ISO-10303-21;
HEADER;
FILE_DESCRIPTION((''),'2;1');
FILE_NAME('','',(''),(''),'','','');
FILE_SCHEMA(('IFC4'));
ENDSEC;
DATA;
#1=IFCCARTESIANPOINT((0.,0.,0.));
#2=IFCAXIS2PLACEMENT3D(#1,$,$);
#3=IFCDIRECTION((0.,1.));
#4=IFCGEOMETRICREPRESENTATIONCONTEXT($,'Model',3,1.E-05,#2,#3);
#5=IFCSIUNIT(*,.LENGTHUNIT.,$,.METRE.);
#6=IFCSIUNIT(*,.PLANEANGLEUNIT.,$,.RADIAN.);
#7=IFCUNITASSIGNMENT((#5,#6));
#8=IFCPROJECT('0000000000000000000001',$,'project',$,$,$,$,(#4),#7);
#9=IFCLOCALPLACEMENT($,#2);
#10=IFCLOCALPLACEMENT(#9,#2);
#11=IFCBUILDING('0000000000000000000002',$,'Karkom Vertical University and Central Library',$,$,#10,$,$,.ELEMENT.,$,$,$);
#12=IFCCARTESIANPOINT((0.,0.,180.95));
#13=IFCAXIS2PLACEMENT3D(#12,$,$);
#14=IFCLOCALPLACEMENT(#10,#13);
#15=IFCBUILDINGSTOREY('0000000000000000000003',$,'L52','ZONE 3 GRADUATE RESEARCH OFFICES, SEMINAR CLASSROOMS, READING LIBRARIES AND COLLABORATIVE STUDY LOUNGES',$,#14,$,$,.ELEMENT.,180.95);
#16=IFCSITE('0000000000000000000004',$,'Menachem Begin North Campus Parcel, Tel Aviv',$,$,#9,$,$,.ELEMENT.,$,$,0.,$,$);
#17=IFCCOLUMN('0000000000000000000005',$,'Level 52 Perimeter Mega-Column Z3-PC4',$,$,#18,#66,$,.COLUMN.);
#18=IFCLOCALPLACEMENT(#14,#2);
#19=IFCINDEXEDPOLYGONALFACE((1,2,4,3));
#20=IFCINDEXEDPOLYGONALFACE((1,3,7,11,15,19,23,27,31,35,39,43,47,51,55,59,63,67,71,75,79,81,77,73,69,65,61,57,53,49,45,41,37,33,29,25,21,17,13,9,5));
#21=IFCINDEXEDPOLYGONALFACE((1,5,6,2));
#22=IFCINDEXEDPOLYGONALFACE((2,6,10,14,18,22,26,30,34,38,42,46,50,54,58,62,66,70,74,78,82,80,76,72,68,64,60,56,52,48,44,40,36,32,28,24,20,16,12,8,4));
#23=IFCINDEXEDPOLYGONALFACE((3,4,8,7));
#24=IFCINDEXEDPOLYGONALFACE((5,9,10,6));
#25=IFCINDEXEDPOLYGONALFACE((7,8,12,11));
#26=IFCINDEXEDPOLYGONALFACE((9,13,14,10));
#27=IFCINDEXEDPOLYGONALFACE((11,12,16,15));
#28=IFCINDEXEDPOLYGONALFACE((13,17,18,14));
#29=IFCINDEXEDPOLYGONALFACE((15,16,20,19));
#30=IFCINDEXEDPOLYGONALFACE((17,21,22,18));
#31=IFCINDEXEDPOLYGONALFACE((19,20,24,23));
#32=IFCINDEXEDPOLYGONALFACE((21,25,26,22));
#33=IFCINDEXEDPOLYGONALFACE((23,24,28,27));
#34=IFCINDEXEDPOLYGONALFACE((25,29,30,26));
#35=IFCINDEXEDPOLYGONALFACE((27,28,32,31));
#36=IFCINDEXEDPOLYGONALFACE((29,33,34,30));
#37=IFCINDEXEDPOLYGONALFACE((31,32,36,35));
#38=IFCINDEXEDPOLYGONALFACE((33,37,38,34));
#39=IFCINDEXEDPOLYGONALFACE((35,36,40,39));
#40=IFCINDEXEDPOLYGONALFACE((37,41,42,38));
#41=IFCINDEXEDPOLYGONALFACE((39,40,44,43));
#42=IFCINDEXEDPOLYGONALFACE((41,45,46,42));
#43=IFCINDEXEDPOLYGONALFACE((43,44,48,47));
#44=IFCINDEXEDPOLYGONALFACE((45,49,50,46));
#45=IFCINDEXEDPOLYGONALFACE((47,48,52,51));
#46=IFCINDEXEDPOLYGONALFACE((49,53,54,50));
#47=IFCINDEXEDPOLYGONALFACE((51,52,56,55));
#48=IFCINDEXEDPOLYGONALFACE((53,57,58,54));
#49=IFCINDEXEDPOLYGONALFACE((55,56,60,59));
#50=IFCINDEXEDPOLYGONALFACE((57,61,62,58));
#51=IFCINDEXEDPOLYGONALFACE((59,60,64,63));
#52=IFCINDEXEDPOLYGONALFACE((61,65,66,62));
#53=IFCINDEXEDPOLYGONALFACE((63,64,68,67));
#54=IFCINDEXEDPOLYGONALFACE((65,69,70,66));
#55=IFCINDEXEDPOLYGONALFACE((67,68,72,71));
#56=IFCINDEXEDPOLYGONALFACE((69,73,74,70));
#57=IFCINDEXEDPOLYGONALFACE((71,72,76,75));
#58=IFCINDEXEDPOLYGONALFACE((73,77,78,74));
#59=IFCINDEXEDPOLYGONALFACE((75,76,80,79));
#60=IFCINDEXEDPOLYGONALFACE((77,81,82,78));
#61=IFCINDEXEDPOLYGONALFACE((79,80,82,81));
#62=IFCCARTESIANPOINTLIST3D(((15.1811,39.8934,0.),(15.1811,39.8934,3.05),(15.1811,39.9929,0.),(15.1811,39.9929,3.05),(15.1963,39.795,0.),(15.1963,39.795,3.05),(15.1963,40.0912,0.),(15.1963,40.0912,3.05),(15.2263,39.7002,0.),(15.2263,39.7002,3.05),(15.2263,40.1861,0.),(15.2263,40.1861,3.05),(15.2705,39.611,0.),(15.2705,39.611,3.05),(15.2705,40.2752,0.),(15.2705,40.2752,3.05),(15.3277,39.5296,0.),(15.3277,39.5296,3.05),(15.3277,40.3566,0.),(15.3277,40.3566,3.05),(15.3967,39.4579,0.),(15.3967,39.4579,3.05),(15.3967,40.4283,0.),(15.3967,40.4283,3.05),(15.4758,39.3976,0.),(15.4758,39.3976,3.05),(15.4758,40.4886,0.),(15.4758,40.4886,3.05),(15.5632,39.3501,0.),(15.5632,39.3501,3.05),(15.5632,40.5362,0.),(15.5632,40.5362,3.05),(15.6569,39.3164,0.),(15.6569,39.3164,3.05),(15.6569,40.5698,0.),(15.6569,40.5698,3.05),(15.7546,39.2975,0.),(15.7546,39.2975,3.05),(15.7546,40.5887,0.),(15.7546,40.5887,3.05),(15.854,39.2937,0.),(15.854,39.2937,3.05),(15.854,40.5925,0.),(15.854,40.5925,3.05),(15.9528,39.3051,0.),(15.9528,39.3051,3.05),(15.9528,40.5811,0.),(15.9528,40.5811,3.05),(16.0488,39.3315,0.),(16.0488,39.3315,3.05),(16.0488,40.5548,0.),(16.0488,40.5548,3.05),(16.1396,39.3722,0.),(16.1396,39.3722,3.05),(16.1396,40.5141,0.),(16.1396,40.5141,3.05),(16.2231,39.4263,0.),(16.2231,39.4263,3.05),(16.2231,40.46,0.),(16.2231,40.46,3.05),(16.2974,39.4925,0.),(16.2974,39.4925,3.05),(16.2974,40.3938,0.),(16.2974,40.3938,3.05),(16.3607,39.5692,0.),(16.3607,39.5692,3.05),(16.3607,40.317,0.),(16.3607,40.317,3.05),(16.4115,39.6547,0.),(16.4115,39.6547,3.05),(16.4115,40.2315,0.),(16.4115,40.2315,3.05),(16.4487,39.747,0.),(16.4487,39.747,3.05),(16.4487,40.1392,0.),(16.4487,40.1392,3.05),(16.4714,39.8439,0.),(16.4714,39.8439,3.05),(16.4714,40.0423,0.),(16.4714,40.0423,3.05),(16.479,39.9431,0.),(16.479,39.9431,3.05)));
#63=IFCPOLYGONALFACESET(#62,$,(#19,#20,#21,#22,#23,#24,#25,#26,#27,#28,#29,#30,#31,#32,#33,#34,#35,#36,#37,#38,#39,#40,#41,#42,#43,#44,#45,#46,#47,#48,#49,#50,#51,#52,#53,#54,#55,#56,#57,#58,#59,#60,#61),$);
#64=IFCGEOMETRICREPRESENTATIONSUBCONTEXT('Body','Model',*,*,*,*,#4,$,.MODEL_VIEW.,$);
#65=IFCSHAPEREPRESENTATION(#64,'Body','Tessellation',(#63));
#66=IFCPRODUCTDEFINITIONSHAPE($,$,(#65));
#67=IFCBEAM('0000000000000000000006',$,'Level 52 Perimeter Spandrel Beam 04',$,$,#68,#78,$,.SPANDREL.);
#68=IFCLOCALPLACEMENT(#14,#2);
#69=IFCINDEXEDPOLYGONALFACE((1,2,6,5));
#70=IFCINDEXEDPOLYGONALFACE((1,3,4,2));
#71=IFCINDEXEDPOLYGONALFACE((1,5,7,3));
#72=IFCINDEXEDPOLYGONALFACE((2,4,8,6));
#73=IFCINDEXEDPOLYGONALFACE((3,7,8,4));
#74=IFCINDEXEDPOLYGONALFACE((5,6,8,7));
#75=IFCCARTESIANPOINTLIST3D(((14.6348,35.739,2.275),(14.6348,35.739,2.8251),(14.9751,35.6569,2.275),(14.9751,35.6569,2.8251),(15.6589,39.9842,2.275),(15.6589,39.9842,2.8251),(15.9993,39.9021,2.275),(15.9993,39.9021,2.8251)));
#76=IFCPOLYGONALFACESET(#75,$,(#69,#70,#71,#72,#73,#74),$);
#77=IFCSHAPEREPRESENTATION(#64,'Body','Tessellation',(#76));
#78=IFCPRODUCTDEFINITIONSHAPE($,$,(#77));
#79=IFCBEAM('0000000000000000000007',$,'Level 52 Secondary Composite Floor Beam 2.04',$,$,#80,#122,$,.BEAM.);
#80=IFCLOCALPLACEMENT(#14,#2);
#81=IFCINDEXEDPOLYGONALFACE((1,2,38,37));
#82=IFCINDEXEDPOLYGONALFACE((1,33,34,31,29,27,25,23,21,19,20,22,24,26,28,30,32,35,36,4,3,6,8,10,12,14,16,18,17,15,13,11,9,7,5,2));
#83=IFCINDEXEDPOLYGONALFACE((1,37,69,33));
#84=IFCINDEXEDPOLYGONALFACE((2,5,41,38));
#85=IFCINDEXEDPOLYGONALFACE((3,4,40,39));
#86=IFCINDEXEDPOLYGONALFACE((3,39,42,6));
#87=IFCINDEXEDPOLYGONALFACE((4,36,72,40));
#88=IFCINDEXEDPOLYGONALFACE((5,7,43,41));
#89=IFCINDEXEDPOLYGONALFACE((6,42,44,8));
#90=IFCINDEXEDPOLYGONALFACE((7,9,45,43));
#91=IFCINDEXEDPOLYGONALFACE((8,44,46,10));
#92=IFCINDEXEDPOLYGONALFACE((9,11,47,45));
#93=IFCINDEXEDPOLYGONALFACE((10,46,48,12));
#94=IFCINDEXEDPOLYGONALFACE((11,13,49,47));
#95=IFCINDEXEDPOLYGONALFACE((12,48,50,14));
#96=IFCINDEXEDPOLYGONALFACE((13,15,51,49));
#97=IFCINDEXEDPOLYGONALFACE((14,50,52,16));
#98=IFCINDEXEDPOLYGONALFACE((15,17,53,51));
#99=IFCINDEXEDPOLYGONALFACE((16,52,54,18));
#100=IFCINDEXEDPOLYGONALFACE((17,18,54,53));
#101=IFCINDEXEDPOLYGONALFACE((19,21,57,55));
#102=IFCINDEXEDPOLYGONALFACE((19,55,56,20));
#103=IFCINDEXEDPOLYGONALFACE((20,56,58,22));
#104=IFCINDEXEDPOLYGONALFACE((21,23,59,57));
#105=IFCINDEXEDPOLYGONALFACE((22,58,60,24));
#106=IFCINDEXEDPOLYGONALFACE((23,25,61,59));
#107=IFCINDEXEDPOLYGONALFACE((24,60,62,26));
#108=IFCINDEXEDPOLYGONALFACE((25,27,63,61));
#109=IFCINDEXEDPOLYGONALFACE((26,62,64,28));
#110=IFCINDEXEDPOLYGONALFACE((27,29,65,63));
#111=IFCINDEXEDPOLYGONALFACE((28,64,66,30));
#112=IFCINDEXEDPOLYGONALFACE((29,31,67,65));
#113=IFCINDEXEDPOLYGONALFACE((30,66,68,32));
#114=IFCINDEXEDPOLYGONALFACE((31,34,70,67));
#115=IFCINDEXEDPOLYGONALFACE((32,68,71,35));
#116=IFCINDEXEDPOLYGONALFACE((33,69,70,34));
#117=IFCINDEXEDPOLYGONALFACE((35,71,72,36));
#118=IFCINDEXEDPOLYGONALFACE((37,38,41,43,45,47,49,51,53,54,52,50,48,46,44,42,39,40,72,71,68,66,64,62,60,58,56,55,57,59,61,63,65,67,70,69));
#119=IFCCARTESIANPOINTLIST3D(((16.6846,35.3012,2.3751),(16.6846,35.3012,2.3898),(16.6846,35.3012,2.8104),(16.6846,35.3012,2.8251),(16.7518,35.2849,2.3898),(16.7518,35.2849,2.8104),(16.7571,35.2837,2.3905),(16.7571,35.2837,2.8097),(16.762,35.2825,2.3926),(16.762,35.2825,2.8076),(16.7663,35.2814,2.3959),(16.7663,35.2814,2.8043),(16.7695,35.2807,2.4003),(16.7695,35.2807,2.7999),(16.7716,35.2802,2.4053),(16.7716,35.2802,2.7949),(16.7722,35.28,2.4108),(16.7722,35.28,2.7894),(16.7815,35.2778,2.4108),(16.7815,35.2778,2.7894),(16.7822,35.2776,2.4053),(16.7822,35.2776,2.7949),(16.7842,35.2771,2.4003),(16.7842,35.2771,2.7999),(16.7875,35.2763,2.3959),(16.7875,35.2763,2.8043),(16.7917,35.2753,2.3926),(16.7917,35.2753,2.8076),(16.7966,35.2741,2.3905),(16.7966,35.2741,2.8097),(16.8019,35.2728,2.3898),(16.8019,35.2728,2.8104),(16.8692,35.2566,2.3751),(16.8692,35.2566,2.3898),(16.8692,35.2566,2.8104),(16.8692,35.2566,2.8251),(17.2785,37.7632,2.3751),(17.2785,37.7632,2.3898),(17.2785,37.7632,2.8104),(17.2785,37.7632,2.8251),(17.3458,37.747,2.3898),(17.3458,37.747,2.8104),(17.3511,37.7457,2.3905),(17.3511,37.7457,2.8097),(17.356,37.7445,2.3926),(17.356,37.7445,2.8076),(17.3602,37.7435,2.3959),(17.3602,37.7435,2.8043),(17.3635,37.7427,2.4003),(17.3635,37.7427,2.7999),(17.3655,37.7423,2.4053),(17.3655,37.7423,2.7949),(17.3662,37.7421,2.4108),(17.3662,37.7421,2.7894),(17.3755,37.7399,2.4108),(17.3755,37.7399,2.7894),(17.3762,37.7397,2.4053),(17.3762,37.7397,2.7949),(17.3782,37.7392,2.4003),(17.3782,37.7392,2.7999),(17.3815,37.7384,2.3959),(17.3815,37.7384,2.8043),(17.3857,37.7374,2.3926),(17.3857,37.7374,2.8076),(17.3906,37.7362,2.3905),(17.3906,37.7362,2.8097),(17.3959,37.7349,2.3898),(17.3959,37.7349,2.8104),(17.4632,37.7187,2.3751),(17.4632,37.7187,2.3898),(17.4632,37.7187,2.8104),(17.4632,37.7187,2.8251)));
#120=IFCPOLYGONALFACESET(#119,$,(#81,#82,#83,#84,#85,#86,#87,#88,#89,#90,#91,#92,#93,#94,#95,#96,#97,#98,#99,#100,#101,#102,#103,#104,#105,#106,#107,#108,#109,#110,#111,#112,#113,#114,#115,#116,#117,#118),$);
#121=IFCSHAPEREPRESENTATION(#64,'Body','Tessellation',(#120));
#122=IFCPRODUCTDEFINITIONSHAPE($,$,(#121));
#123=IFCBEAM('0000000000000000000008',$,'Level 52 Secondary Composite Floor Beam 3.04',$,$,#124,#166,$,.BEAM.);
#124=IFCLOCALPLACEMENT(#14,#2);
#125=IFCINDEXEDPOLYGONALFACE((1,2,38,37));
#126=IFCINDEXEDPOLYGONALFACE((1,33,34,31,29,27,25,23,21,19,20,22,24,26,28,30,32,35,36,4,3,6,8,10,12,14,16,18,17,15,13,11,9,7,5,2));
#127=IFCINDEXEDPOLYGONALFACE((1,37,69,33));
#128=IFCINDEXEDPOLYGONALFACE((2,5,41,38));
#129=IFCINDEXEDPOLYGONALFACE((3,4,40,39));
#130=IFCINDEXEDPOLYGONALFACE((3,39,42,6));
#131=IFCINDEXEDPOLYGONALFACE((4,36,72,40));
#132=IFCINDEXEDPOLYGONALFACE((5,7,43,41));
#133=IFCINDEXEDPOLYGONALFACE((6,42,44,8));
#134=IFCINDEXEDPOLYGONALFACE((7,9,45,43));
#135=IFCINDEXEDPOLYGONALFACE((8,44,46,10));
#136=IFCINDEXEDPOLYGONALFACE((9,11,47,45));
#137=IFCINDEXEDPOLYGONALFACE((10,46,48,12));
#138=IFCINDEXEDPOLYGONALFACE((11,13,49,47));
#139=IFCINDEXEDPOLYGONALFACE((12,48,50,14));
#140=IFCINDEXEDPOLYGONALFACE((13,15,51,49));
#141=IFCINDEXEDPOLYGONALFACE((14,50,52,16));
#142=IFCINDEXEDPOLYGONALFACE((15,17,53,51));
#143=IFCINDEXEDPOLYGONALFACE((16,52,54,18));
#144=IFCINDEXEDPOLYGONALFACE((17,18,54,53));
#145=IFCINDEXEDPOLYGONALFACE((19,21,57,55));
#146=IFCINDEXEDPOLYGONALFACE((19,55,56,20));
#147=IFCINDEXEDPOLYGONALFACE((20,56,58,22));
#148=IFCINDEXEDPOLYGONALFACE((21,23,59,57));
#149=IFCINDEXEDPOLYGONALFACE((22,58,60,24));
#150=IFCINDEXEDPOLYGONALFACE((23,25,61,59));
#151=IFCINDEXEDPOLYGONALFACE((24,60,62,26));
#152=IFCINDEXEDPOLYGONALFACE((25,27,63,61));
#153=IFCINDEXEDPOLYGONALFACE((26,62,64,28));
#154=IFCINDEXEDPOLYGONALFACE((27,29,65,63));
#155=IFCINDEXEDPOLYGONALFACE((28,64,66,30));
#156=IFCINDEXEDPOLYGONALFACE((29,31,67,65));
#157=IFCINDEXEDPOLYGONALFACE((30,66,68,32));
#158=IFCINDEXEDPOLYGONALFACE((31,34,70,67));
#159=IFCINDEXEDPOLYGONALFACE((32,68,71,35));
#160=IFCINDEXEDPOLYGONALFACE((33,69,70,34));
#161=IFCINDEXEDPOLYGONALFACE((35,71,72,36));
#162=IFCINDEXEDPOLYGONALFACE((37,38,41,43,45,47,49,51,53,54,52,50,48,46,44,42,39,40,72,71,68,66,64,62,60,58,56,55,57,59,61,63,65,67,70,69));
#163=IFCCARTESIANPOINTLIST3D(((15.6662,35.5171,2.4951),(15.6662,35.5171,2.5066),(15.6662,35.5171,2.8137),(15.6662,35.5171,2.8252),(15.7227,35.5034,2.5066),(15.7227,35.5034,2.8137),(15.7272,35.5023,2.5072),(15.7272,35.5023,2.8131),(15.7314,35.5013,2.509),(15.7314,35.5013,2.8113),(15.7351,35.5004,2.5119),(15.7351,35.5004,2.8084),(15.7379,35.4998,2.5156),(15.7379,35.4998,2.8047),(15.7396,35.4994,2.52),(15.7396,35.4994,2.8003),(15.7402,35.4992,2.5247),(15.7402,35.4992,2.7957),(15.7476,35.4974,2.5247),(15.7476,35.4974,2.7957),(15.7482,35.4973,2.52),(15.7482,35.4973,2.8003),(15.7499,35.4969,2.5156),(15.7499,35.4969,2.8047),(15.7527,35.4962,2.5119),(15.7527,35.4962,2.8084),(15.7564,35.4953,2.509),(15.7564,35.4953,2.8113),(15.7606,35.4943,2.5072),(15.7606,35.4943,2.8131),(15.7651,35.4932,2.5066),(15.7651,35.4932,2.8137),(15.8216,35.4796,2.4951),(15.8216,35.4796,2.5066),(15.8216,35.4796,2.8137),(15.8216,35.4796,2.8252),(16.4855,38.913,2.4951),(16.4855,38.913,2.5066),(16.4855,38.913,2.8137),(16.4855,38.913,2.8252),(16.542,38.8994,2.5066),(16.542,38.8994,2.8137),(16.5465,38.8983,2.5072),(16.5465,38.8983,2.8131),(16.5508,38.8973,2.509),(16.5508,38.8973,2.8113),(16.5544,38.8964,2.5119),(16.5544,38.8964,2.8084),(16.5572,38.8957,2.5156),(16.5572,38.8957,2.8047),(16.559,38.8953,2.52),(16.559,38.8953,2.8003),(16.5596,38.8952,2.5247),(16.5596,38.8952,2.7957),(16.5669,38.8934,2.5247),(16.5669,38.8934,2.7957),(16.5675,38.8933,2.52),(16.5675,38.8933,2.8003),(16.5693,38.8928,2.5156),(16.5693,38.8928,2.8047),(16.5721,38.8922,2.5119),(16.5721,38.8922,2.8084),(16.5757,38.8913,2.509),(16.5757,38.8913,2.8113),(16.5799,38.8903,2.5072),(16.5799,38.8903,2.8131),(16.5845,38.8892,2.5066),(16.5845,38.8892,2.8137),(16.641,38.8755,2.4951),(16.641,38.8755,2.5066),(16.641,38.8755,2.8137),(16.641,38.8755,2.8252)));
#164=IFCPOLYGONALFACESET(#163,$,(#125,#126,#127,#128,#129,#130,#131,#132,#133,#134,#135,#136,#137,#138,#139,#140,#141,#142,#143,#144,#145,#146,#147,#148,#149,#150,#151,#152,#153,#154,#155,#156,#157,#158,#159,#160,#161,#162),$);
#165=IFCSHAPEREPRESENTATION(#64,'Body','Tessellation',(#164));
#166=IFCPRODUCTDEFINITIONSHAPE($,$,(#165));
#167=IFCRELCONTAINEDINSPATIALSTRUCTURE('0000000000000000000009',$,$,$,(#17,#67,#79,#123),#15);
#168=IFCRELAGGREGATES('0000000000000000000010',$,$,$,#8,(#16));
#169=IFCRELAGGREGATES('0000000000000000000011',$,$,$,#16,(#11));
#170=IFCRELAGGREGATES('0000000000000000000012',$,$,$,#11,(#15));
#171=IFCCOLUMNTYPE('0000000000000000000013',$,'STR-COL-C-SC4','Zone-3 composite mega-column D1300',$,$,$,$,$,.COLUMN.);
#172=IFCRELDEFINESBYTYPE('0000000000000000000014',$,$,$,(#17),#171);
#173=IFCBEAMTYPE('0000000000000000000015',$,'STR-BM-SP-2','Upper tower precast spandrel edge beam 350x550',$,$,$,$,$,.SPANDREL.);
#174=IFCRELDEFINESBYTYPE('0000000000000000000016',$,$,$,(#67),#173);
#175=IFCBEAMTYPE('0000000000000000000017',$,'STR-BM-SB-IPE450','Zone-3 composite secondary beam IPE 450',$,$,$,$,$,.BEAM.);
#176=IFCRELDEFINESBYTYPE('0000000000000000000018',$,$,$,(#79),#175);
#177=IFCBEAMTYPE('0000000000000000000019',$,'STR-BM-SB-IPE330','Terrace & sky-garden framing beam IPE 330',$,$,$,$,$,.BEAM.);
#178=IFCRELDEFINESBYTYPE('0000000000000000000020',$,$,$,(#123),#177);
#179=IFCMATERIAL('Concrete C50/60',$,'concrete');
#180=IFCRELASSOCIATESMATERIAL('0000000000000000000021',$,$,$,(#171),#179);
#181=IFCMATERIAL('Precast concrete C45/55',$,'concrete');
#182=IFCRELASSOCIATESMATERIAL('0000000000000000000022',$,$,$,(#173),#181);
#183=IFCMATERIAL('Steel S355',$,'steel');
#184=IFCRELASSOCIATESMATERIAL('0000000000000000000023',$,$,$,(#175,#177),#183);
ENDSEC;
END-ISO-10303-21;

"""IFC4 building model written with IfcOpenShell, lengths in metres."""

from ifc_helpers import new_model, si_unit, direction, frame, origin, origin_with_axes, origin_2d, place, context, subcontext, project, spatial, rectangle, circle, i_section, extrude, source, transform, mapped, material, material_profile, profile_set, type_object, element, save


model = new_model("IFC4")

# Units and contexts
model_context = context("Model", 3, precision=1e-05, world=origin(), true_north=direction((0.0, 1.0)))
body_context = subcontext(model_context, "Body", "Model", "MODEL_VIEW")
ifc_project = project(units=[si_unit("LENGTHUNIT", "METRE"), si_unit("PLANEANGLEUNIT", "RADIAN")], contexts=[model_context])

# Site, building, storey
site_placement = place(None, origin())
site = spatial("IfcSite", under=ifc_project, at=site_placement, Name="Menachem Begin North Campus Parcel, Tel Aviv", CompositionType="ELEMENT", RefElevation=0.0)
building_placement = place(site_placement, origin())
building = spatial("IfcBuilding", under=site, at=building_placement, Name="Karkom Vertical University and Central Library", CompositionType="ELEMENT")
storey_placement = place(building_placement, frame((0.0, 0.0, 180.95)))
storey = spatial("IfcBuildingStorey", under=building, at=storey_placement, Name="L52", Description="ZONE 3 GRADUATE RESEARCH OFFICES, SEMINAR CLASSROOMS, READING LIBRARIES AND COLLABORATIVE STUDY LOUNGES", CompositionType="ELEMENT", Elevation=180.95)

# Column
ifc_material_1 = material(Name="Concrete C50/60", Category="concrete")
ifc_material_profile_1 = material_profile(ifc_material_1, circle(Radius=0.6499, at=origin_2d()), Name="CFT-D1300")
ifc_profile_set_1 = profile_set([ifc_material_profile_1], Name="Concrete C50/60")
column_type = type_object("IfcColumnType", Name="STR-COL-C-SC4", Description="Zone-3 composite mega-column D1300", PredefinedType="COLUMN", material=ifc_profile_set_1)
shared_shape_1 = source(origin_with_axes(), body_context, "Body", "SweptSolid", [
    extrude(circle(Radius=0.6499, at=origin_2d()), origin(), (0.0, 0.0, 1.0), 3.05),
])
column_placement = place(storey_placement, frame((15.8291, 39.9431, 0.0), z_axis=(0.0, 0.0, 1.0), x_axis=(1.0, 0.0, 0.0)))
element("IfcColumn", 1, at=column_placement, inside=storey, type_object=column_type, Name="Level 52 Perimeter Mega-Column Z3-PC4", PredefinedType="COLUMN", context=body_context, shape_type="MappedRepresentation", body=[
    mapped(shared_shape_1, transform((0.0, 0.0, 0.0), scale=1.0)),
])

# Beams
ifc_material_2 = material(Name="Precast concrete C45/55", Category="concrete")
ifc_material_profile_2 = material_profile(ifc_material_2, rectangle(XDim=0.3501, YDim=0.55, at=origin_2d()), Name="SPB-350x550")
ifc_profile_set_2 = profile_set([ifc_material_profile_2], Name="Precast concrete C45/55")
beam_type_1 = type_object("IfcBeamType", Name="STR-BM-SP-2", Description="Upper tower precast spandrel edge beam 350x550", PredefinedType="SPANDREL", material=ifc_profile_set_2)
shared_shape_2 = source(origin_with_axes(), body_context, "Body", "SweptSolid", [
    extrude(rectangle(XDim=0.3501, YDim=0.55, at=origin_2d()), origin(), (0.0, 0.0, 1.0), 4.3669),
])
beam_1_placement = place(storey_placement, frame((15.8291, 39.9431, 2.55), z_axis=(-0.234529, -0.972109, 0.0), x_axis=(0.972109, -0.234529, 0.0)))
element("IfcBeam", 2, at=beam_1_placement, inside=storey, type_object=beam_type_1, Name="Level 52 Perimeter Spandrel Beam 04", PredefinedType="SPANDREL", context=body_context, shape_type="MappedRepresentation", body=[
    mapped(shared_shape_2, transform((0.0, 0.0, 0.0), scale=1.0)),
])
ifc_material_3 = material(Name="Steel S355", Category="steel")
ifc_material_profile_3 = material_profile(ifc_material_3, i_section(OverallWidth=0.1899, OverallDepth=0.45, WebThickness=0.0095, FlangeThickness=0.0146, FilletRadius=0.021, at=origin_2d()), Name="IPE 450")
ifc_profile_set_3 = profile_set([ifc_material_profile_3], Name="Steel S355")
beam_type_2 = type_object("IfcBeamType", Name="STR-BM-SB-IPE450", Description="Zone-3 composite secondary beam IPE 450", PredefinedType="BEAM", material=ifc_profile_set_3)
shared_shape_3 = source(origin_with_axes(), body_context, "Body", "SweptSolid", [
    extrude(i_section(OverallWidth=0.1899, OverallDepth=0.45, WebThickness=0.0095, FlangeThickness=0.0146, FilletRadius=0.021, at=origin_2d()), origin(), (0.0, 0.0, 1.0), 2.5327),
])
beam_2_placement = place(storey_placement, frame((17.3708, 37.741, 2.6001), z_axis=(-0.234521, -0.972111, 0.0), x_axis=(0.972111, -0.234521, 0.0)))
element("IfcBeam", 3, at=beam_2_placement, inside=storey, type_object=beam_type_2, Name="Level 52 Secondary Composite Floor Beam 2.04", PredefinedType="BEAM", context=body_context, shape_type="MappedRepresentation", body=[
    mapped(shared_shape_3, transform((0.0, 0.0, 0.0), scale=1.0)),
])
ifc_material_profile_4 = material_profile(ifc_material_3, i_section(OverallWidth=0.1599, OverallDepth=0.3301, WebThickness=0.0076, FlangeThickness=0.0115, FilletRadius=0.0181, at=origin_2d()), Name="IPE 330")
ifc_profile_set_4 = profile_set([ifc_material_profile_4], Name="Steel S355")
beam_type_3 = type_object("IfcBeamType", Name="STR-BM-SB-IPE330", Description="Terrace & sky-garden framing beam IPE 330", PredefinedType="BEAM", material=ifc_profile_set_4)
shared_shape_4 = source(origin_with_axes(), body_context, "Body", "SweptSolid", [
    extrude(i_section(OverallWidth=0.1599, OverallDepth=0.3301, WebThickness=0.0076, FlangeThickness=0.0115, FilletRadius=0.0181, at=origin_2d()), origin(), (0.0, 0.0, 1.0), 3.4934),
])
beam_3_placement = place(storey_placement, frame((16.5632, 38.8943, 2.6602), z_axis=(-0.234536, -0.972107, 0.0), x_axis=(0.972107, -0.234536, 0.0)))
element("IfcBeam", 4, at=beam_3_placement, inside=storey, type_object=beam_type_3, Name="Level 52 Secondary Composite Floor Beam 3.04", PredefinedType="BEAM", context=body_context, shape_type="MappedRepresentation", body=[
    mapped(shared_shape_4, transform((0.0, 0.0, 0.0), scale=1.0)),
])

save(model, "model.ifc")
